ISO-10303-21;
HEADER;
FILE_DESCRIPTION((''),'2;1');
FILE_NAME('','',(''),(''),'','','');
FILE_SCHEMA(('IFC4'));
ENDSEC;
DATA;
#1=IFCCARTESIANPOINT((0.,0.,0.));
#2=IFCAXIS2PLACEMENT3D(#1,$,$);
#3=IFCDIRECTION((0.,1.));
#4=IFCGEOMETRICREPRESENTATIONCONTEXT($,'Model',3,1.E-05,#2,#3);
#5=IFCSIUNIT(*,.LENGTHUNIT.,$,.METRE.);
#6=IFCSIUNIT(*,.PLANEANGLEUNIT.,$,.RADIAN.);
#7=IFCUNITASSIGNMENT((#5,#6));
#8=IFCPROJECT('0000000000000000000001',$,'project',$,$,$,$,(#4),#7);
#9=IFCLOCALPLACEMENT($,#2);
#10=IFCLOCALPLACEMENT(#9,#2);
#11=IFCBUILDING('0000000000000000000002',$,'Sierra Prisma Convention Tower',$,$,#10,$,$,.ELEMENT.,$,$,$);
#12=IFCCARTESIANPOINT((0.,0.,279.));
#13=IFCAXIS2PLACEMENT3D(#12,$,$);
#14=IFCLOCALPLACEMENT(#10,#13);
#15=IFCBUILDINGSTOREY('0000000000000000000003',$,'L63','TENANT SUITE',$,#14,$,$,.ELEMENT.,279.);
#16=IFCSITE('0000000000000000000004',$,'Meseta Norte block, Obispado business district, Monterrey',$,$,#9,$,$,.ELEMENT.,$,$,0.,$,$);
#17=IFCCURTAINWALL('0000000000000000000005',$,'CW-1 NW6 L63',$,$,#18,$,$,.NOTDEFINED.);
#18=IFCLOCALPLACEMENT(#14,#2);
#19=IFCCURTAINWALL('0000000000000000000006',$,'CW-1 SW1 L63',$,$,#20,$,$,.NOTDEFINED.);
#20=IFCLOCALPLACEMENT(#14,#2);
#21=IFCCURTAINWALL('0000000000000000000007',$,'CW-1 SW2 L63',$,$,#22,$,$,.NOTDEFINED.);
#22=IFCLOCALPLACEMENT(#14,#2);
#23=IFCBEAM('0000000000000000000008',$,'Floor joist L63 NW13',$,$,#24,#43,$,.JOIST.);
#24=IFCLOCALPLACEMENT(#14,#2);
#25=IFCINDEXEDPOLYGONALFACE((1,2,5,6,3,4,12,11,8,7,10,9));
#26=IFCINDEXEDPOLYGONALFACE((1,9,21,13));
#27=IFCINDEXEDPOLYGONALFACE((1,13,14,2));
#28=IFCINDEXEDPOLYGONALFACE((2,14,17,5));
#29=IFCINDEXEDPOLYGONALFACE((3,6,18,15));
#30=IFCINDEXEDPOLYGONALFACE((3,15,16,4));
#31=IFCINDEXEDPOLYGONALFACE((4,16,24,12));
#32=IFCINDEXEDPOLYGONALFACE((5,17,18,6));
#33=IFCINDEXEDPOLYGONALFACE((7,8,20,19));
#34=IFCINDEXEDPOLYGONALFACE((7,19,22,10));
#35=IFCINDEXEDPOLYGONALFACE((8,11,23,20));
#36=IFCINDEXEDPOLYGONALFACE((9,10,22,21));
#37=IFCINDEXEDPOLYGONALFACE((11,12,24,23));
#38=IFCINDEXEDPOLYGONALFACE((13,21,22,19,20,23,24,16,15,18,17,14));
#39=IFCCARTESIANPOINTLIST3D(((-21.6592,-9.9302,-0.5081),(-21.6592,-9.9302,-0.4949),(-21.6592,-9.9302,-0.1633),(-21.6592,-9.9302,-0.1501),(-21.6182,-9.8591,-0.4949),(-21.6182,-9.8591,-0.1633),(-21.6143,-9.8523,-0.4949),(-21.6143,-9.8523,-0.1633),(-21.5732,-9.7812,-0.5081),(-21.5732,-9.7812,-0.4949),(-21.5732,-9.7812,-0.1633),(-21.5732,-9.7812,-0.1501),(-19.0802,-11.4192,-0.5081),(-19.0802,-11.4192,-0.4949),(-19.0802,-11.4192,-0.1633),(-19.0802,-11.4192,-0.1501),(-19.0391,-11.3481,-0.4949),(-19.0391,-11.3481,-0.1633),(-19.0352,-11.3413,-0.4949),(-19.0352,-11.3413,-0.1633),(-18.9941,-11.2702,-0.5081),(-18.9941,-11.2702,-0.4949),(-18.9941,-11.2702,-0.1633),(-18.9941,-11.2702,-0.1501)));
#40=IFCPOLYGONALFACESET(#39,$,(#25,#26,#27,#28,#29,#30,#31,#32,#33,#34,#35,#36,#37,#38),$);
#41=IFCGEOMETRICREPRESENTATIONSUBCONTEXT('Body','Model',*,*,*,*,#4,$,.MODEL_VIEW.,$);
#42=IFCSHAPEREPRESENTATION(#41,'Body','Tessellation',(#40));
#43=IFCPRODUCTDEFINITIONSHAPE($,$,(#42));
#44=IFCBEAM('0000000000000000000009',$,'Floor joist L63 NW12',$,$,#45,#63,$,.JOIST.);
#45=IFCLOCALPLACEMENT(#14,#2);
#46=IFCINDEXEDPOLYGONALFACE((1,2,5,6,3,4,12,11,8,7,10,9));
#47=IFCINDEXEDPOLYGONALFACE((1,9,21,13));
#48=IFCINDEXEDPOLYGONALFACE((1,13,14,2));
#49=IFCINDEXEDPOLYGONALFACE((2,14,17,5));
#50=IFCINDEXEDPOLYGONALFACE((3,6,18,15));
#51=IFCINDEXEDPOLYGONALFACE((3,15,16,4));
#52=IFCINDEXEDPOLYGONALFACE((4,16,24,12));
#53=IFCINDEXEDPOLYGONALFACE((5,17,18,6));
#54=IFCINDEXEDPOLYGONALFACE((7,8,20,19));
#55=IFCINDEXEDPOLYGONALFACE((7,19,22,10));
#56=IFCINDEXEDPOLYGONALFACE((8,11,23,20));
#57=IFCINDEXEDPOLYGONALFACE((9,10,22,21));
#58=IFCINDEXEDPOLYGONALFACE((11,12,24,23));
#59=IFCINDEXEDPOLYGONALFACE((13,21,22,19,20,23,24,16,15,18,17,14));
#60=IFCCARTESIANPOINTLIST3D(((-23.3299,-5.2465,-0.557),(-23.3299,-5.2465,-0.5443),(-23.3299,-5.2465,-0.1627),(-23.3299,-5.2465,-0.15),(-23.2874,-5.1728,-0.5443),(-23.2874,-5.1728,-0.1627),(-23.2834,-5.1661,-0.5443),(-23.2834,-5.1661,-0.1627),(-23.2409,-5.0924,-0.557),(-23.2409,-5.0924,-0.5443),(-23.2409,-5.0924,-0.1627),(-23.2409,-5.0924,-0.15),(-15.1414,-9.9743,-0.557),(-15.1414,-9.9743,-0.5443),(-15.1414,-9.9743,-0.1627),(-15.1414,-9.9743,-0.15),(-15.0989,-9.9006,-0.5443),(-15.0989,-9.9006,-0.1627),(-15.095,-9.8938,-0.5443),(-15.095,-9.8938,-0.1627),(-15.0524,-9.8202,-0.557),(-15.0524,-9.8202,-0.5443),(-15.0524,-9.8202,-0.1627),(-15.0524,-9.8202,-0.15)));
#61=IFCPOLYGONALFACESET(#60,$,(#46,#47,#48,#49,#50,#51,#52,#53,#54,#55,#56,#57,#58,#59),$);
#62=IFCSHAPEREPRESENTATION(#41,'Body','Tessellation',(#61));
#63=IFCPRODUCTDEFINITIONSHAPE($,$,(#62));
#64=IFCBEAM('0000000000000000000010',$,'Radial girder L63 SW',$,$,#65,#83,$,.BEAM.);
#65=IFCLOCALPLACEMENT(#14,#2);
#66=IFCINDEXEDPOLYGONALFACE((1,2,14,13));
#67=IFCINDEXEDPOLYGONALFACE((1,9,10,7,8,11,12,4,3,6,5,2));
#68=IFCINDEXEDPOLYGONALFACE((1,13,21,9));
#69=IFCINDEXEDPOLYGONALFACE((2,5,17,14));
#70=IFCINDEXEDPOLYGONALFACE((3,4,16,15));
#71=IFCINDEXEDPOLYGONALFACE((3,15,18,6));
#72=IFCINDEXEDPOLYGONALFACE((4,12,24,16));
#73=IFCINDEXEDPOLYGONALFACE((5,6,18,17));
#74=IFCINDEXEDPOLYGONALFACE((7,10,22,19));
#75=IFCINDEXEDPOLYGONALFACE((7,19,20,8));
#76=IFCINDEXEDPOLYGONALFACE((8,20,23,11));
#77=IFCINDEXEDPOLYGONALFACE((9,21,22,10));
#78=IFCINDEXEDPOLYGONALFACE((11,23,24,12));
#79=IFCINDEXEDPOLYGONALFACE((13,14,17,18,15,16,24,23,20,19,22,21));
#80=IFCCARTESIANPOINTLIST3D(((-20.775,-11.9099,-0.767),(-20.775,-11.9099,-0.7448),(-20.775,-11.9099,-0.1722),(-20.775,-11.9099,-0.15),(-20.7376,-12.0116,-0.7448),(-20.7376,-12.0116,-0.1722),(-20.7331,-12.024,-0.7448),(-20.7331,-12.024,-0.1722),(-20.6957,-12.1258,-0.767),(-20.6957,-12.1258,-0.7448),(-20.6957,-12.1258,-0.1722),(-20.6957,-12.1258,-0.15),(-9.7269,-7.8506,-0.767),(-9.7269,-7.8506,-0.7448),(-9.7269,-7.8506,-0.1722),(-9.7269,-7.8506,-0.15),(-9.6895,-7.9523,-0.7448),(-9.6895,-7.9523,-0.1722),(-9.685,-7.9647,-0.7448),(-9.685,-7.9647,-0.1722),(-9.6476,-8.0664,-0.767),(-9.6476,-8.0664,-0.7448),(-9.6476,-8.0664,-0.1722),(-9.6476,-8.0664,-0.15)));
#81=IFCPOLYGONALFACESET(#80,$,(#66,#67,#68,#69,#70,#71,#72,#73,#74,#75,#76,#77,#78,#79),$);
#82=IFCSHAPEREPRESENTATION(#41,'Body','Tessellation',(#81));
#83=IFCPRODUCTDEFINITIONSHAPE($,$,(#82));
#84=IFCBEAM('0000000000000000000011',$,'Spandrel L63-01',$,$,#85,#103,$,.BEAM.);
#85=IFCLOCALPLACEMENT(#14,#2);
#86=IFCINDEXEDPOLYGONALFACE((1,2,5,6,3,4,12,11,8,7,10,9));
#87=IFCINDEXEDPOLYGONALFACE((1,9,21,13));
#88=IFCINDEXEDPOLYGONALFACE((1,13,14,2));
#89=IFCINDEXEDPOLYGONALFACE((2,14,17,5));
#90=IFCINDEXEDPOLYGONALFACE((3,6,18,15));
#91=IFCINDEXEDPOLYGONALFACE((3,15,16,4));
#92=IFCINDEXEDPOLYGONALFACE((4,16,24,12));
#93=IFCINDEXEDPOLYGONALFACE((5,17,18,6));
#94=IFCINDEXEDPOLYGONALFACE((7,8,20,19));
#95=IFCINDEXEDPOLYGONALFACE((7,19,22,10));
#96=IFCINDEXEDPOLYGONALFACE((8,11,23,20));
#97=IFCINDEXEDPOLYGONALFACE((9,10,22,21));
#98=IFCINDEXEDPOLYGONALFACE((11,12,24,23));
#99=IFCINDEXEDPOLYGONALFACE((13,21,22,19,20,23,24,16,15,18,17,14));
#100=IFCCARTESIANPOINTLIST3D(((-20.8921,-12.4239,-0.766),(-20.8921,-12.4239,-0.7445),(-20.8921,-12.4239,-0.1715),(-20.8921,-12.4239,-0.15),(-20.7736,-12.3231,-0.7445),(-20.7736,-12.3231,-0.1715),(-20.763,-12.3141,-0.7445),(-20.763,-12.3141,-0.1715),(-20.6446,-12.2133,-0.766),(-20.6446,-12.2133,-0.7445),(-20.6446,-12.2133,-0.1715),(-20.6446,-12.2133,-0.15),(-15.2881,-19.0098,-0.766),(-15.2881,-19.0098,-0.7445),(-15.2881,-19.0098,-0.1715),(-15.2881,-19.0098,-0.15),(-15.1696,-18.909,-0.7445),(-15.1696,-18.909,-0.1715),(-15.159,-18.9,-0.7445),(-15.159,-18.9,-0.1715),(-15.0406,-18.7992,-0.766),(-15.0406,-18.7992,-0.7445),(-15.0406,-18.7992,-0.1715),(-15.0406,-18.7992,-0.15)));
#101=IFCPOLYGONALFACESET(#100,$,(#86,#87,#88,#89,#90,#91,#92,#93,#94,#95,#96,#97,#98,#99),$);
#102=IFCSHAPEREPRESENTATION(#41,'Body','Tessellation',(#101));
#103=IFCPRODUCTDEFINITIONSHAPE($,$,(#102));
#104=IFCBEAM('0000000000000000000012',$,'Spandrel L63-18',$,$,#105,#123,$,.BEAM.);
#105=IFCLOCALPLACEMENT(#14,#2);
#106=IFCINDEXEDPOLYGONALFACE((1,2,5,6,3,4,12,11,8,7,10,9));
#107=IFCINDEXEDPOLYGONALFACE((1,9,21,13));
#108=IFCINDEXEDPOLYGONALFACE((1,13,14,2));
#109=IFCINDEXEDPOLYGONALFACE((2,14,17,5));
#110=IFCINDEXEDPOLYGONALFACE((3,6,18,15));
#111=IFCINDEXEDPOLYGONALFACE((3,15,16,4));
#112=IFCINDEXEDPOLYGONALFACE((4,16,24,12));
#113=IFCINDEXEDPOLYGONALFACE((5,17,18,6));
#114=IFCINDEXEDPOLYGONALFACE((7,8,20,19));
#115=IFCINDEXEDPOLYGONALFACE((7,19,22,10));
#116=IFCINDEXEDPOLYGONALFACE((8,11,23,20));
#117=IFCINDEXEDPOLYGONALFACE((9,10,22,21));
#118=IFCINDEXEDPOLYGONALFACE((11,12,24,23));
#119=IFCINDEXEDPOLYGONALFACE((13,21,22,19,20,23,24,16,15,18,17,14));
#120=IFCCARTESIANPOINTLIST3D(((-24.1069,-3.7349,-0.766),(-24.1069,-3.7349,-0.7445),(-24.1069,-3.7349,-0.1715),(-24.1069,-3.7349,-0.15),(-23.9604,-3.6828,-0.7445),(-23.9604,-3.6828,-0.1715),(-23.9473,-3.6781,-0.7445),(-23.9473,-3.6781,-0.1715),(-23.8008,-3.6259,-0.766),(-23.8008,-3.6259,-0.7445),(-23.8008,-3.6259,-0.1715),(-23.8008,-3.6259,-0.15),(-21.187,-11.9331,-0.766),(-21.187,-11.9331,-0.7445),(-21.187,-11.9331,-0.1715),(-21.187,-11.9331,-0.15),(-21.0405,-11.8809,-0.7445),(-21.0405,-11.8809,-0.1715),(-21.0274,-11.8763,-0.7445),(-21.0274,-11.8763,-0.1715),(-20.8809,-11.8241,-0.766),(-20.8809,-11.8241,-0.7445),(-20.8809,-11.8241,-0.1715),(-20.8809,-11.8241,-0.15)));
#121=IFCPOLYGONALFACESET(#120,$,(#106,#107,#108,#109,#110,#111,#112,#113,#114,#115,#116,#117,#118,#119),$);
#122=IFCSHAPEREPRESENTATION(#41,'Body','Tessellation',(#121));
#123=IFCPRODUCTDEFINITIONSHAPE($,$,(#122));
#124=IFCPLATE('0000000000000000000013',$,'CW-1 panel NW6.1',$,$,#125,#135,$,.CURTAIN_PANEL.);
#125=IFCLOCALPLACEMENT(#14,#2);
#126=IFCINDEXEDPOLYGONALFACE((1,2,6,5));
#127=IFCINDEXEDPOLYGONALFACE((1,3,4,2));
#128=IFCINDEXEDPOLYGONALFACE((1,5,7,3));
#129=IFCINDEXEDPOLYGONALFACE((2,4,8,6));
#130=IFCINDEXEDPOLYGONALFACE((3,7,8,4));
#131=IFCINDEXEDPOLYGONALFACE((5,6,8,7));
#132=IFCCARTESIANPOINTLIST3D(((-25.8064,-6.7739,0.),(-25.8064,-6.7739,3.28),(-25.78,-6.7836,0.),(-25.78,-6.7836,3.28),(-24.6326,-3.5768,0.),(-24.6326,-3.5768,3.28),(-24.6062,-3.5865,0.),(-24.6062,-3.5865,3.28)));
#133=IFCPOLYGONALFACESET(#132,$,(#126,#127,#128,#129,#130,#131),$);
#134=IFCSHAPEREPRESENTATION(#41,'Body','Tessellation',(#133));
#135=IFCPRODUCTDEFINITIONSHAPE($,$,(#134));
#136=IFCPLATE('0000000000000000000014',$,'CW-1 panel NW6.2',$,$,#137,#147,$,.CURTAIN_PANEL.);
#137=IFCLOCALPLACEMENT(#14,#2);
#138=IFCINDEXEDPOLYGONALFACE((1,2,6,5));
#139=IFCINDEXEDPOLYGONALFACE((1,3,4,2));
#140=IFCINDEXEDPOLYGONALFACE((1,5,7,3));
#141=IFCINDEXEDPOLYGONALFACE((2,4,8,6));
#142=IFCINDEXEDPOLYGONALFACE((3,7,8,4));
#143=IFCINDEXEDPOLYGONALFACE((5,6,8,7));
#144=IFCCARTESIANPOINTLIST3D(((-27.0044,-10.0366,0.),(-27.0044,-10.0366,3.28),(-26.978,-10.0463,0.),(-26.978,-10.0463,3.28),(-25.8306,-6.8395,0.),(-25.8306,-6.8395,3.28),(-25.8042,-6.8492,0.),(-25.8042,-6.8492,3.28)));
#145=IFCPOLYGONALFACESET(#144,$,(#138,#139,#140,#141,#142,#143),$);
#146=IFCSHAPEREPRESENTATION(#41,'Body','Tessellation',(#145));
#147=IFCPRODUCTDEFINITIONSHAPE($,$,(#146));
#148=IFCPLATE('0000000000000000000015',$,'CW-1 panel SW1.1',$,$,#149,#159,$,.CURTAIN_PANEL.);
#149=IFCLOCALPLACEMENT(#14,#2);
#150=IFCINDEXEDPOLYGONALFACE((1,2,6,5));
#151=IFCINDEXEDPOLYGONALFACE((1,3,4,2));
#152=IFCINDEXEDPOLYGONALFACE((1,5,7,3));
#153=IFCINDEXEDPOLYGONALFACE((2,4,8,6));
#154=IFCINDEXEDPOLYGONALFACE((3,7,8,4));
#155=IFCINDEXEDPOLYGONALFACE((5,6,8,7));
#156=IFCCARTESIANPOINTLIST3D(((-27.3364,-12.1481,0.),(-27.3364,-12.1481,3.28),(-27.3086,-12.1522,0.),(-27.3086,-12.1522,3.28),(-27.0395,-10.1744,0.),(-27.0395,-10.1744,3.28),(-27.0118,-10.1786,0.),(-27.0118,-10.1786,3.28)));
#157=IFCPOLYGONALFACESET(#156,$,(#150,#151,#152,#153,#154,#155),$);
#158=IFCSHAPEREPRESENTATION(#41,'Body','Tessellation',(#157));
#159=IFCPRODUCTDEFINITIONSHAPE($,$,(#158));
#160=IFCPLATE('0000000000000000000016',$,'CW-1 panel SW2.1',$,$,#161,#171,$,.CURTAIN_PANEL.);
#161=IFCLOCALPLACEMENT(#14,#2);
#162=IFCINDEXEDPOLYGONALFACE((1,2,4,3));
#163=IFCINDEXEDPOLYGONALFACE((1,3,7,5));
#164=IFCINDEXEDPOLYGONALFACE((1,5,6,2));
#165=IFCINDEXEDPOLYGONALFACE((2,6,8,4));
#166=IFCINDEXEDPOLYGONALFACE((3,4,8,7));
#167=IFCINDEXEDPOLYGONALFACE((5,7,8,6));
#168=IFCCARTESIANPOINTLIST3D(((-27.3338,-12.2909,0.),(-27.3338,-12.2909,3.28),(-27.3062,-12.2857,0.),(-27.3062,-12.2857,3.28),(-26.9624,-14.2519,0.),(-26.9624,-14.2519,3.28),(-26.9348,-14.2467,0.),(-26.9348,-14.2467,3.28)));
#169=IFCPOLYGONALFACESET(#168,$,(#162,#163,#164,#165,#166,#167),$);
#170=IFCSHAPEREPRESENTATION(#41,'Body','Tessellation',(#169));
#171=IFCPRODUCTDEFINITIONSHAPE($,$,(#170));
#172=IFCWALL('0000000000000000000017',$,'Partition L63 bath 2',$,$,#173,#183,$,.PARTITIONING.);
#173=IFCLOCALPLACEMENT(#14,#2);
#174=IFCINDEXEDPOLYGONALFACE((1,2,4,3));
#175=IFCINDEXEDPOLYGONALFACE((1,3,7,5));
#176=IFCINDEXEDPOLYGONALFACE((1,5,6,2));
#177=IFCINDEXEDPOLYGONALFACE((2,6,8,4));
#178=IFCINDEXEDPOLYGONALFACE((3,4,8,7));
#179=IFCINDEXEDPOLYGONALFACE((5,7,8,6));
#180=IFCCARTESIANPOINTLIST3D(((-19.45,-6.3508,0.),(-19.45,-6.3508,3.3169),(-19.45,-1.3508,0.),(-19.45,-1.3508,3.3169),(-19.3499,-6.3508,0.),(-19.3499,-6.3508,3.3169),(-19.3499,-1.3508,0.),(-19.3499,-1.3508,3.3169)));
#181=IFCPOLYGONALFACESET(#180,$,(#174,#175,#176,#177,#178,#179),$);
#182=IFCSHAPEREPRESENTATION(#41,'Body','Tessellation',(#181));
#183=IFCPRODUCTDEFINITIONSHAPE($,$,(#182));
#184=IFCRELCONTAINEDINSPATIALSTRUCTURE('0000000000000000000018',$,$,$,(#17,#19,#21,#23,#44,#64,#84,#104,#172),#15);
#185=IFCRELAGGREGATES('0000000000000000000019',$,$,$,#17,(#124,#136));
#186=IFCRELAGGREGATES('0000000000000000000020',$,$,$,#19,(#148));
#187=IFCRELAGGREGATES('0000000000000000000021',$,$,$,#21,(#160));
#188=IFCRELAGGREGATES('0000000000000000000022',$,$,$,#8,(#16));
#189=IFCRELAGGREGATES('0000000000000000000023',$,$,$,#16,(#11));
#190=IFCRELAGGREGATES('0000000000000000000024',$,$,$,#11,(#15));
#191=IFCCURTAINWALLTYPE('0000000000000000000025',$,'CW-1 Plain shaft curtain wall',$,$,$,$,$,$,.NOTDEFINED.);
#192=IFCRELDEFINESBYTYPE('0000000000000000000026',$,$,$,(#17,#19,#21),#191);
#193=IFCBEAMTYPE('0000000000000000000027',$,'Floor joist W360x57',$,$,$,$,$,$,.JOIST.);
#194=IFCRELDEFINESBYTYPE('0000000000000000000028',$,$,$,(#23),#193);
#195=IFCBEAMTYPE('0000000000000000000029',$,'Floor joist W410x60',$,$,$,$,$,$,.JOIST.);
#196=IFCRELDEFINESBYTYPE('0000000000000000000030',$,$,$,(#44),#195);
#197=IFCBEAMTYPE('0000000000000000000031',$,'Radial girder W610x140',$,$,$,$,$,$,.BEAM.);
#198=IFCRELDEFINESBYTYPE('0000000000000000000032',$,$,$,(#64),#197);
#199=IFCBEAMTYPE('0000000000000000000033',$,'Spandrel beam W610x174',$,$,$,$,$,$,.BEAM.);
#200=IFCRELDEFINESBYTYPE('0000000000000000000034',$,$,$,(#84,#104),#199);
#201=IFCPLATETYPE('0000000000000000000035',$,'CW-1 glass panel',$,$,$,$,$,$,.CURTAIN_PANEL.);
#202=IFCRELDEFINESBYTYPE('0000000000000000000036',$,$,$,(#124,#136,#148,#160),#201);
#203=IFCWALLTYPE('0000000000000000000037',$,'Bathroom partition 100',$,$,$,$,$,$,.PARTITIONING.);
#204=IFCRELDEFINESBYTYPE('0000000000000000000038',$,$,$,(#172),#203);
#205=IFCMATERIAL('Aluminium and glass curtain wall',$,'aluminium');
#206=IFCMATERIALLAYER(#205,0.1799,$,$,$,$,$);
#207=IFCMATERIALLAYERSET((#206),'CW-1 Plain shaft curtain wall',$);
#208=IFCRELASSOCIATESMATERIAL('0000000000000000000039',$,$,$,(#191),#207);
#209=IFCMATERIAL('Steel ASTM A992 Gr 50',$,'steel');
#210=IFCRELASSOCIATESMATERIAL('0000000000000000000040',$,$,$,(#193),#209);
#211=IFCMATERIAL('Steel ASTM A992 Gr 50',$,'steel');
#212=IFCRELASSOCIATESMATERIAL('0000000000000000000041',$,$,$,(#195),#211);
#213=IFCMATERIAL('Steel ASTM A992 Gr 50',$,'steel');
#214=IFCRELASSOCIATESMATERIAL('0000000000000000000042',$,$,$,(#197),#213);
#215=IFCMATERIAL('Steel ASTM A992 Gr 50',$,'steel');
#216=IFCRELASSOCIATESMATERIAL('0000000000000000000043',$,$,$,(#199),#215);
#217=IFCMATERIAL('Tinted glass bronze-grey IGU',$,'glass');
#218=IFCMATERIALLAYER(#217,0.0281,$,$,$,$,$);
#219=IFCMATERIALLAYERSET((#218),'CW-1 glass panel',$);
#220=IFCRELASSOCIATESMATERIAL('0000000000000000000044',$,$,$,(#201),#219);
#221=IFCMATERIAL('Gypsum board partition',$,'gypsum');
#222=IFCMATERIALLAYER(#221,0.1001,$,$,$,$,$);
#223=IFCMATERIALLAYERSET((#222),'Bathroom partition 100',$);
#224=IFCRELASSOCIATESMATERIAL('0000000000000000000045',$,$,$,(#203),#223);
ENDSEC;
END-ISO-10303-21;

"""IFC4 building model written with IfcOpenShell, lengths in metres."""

from ifc_helpers import new_model, si_unit, direction, frame, frame_2d, origin, origin_2d, place, context, subcontext, project, spatial, rectangle, i_section, extrude, material, layer, layer_set, material_profile, profile_set, type_object, element, aggregate, save


model = new_model("IFC4")

# Units and contexts
model_context = context("Model", 3, precision=1e-05, world=origin(), true_north=direction((0.0, 1.0)))
body_context = subcontext(model_context, "Body", "Model", "MODEL_VIEW")
ifc_project = project(units=[si_unit("LENGTHUNIT", "METRE"), si_unit("PLANEANGLEUNIT", "RADIAN")], contexts=[model_context])

# Site, building, storey
site_placement = place(None, origin())
site = spatial("IfcSite", under=ifc_project, at=site_placement, Name="Meseta Norte block, Obispado business district, Monterrey", CompositionType="ELEMENT", RefElevation=0.0)
building_placement = place(site_placement, origin())
building = spatial("IfcBuilding", under=site, at=building_placement, Name="Sierra Prisma Convention Tower", CompositionType="ELEMENT")
storey_placement = place(building_placement, frame((0.0, 0.0, 279.0)))
storey = spatial("IfcBuildingStorey", under=building, at=storey_placement, Name="L63", Description="TENANT SUITE", CompositionType="ELEMENT", Elevation=279.0)

# Curtain walls
ifc_material_1 = material(Name="Aluminium and glass curtain wall", Category="aluminium")
ifc_layer_1 = layer(ifc_material_1, 0.1799)
ifc_layer_set_1 = layer_set([ifc_layer_1], Name="CW-1 Plain shaft curtain wall")
curtain_wall_type = type_object("IfcCurtainWallType", Name="CW-1 Plain shaft curtain wall", PredefinedType="NOTDEFINED", material=ifc_layer_set_1)
curtain_wall_1_placement = place(storey_placement, origin())
curtain_wall_1 = element("IfcCurtainWall", 1, at=curtain_wall_1_placement, inside=storey, type_object=curtain_wall_type, Name="CW-1 NW6 L63", PredefinedType="NOTDEFINED")
curtain_wall_2_placement = place(storey_placement, origin())
curtain_wall_2 = element("IfcCurtainWall", 2, at=curtain_wall_2_placement, inside=storey, type_object=curtain_wall_type, Name="CW-1 SW1 L63", PredefinedType="NOTDEFINED")
curtain_wall_3_placement = place(storey_placement, origin())
curtain_wall_3 = element("IfcCurtainWall", 3, at=curtain_wall_3_placement, inside=storey, type_object=curtain_wall_type, Name="CW-1 SW2 L63", PredefinedType="NOTDEFINED")

# Beams
ifc_material_2 = material(Name="Steel ASTM A992 Gr 50", Category="steel")
ifc_material_profile_1 = material_profile(ifc_material_2, i_section(OverallWidth=0.1721, OverallDepth=0.3579, WebThickness=0.0078, FlangeThickness=0.0132, at=origin_2d()), Name="W360x57")
ifc_profile_set_1 = profile_set([ifc_material_profile_1], Name="Steel ASTM A992 Gr 50")
beam_type_1 = type_object("IfcBeamType", Name="Floor joist W360x57", PredefinedType="JOIST", material=ifc_profile_set_1)
beam_1_placement = place(storey_placement, frame((-21.6162, -9.8557, -0.3291), z_axis=(0.86603, -0.499992, 0.0), x_axis=(0.499992, 0.86603, 0.0)))
element("IfcBeam", 4, at=beam_1_placement, inside=storey, type_object=beam_type_1, Name="Floor joist L63 NW13", PredefinedType="JOIST", context=body_context, shape_type="SweptSolid", body=[
    extrude(i_section(OverallWidth=0.1721, OverallDepth=0.3579, WebThickness=0.0078, FlangeThickness=0.0132, at=origin_2d()), origin(), (0.0, 0.0, 1.0), 2.978),
])
ifc_material_3 = material(Name="Steel ASTM A992 Gr 50", Category="steel")
ifc_material_profile_2 = material_profile(ifc_material_3, i_section(OverallWidth=0.178, OverallDepth=0.407, WebThickness=0.0078, FlangeThickness=0.0127, at=origin_2d()), Name="W410x60")
ifc_profile_set_2 = profile_set([ifc_material_profile_2], Name="Steel ASTM A992 Gr 50")
beam_type_2 = type_object("IfcBeamType", Name="Floor joist W410x60", PredefinedType="JOIST", material=ifc_profile_set_2)
beam_2_placement = place(storey_placement, frame((-23.2854, -5.1694, -0.3535), z_axis=(0.866018, -0.500013, 0.0), x_axis=(0.500013, 0.866018, 0.0)))
element("IfcBeam", 5, at=beam_2_placement, inside=storey, type_object=beam_type_2, Name="Floor joist L63 NW12", PredefinedType="JOIST", context=body_context, shape_type="SweptSolid", body=[
    extrude(i_section(OverallWidth=0.178, OverallDepth=0.407, WebThickness=0.0078, FlangeThickness=0.0127, at=origin_2d()), origin(), (0.0, 0.0, 1.0), 9.4553),
])
ifc_material_4 = material(Name="Steel ASTM A992 Gr 50", Category="steel")
ifc_material_profile_3 = material_profile(ifc_material_4, i_section(OverallWidth=0.23, OverallDepth=0.6169, WebThickness=0.0132, FlangeThickness=0.0222, at=origin_2d()), Name="W610x140")
ifc_profile_set_3 = profile_set([ifc_material_profile_3], Name="Steel ASTM A992 Gr 50")
beam_type_3 = type_object("IfcBeamType", Name="Radial girder W610x140", PredefinedType="BEAM", material=ifc_profile_set_3)
beam_3_placement = place(storey_placement, frame((-20.7354, -12.0178, -0.4585), z_axis=(0.938647, 0.34488, 0.0), x_axis=(-0.34488, 0.938647, 0.0)))
element("IfcBeam", 6, at=beam_3_placement, inside=storey, type_object=beam_type_3, Name="Radial girder L63 SW", PredefinedType="BEAM", context=body_context, shape_type="SweptSolid", body=[
    extrude(i_section(OverallWidth=0.23, OverallDepth=0.6169, WebThickness=0.0132, FlangeThickness=0.0222, at=origin_2d()), origin(), (0.0, 0.0, 1.0), 11.7703),
])
ifc_material_5 = material(Name="Steel ASTM A992 Gr 50", Category="steel")
ifc_material_profile_4 = material_profile(ifc_material_5, i_section(OverallWidth=0.325, OverallDepth=0.616, WebThickness=0.0139, FlangeThickness=0.0215, at=origin_2d()), Name="W610x174")
ifc_profile_set_4 = profile_set([ifc_material_profile_4], Name="Steel ASTM A992 Gr 50")
beam_type_4 = type_object("IfcBeamType", Name="Spandrel beam W610x174", PredefinedType="BEAM", material=ifc_profile_set_4)
beam_4_placement = place(storey_placement, frame((-20.7683, -12.3186, -0.458), z_axis=(0.648048, -0.761599, 0.0), x_axis=(0.761599, 0.648048, 0.0)))
element("IfcBeam", 7, at=beam_4_placement, inside=storey, type_object=beam_type_4, Name="Spandrel L63-01", PredefinedType="BEAM", context=body_context, shape_type="SweptSolid", body=[
    extrude(i_section(OverallWidth=0.325, OverallDepth=0.616, WebThickness=0.0139, FlangeThickness=0.0215, at=origin_2d()), origin(), (0.0, 0.0, 1.0), 8.6475),
])
beam_5_placement = place(storey_placement, frame((-23.9539, -3.6804, -0.458), z_axis=(0.335519, -0.942034, 0.0), x_axis=(0.942034, 0.335519, 0.0)))
element("IfcBeam", 8, at=beam_5_placement, inside=storey, type_object=beam_type_4, Name="Spandrel L63-18", PredefinedType="BEAM", context=body_context, shape_type="SweptSolid", body=[
    extrude(i_section(OverallWidth=0.325, OverallDepth=0.616, WebThickness=0.0139, FlangeThickness=0.0215, at=origin_2d()), origin(), (0.0, 0.0, 1.0), 8.7026),
])

# Plates
ifc_material_6 = material(Name="Tinted glass bronze-grey IGU", Category="glass")
ifc_layer_2 = layer(ifc_material_6, 0.0281)
ifc_layer_set_2 = layer_set([ifc_layer_2], Name="CW-1 glass panel")
plate_type = type_object("IfcPlateType", Name="CW-1 glass panel", PredefinedType="CURTAIN_PANEL", material=ifc_layer_set_2)
plate_1_placement = place(storey_placement, frame((-25.2063, -5.1802, 0.0), z_axis=(0.0, 0.0, 1.0), x_axis=(-0.344639, -0.938735, 0.0)))
plate_1 = element("IfcPlate", 9, at=plate_1_placement, type_object=plate_type, Name="CW-1 panel NW6.1", PredefinedType="CURTAIN_PANEL", context=body_context, shape_type="SweptSolid", body=[
    extrude(rectangle(XDim=3.4058, YDim=0.0281, at=origin_2d()), origin(), (0.0, 0.0, 1.0), 3.28),
])
plate_2_placement = place(storey_placement, frame((-26.4043, -8.4429, 0.0), z_axis=(0.0, 0.0, 1.0), x_axis=(-0.344639, -0.938735, 0.0)))
plate_2 = element("IfcPlate", 10, at=plate_2_placement, type_object=plate_type, Name="CW-1 panel NW6.2", PredefinedType="CURTAIN_PANEL", context=body_context, shape_type="SweptSolid", body=[
    extrude(rectangle(XDim=3.4058, YDim=0.0281, at=origin_2d()), origin(), (0.0, 0.0, 1.0), 3.28),
])
aggregate(curtain_wall_1, [plate_1, plate_2])
plate_3_placement = place(storey_placement, frame((-27.1741, -11.1633, 0.0), z_axis=(0.0, 0.0, 1.0), x_axis=(-0.148731, -0.988878, 0.0)))
plate_3 = element("IfcPlate", 11, at=plate_3_placement, type_object=plate_type, Name="CW-1 panel SW1.1", PredefinedType="CURTAIN_PANEL", context=body_context, shape_type="SweptSolid", body=[
    extrude(rectangle(XDim=1.9958, YDim=0.0281, at=origin_2d()), origin(), (0.0, 0.0, 1.0), 3.28),
])
aggregate(curtain_wall_2, [plate_3])
plate_4_placement = place(storey_placement, frame((-27.1343, -13.2688, 0.0), z_axis=(0.0, 0.0, 1.0), x_axis=(0.186066, -0.982537, 0.0)))
plate_4 = element("IfcPlate", 12, at=plate_4_placement, type_object=plate_type, Name="CW-1 panel SW2.1", PredefinedType="CURTAIN_PANEL", context=body_context, shape_type="SweptSolid", body=[
    extrude(rectangle(XDim=1.9958, YDim=0.0281, at=origin_2d()), origin(), (0.0, 0.0, 1.0), 3.28),
])
aggregate(curtain_wall_3, [plate_4])

# Wall
ifc_material_7 = material(Name="Gypsum board partition", Category="gypsum")
ifc_layer_3 = layer(ifc_material_7, 0.1001)
ifc_layer_set_3 = layer_set([ifc_layer_3], Name="Bathroom partition 100")
wall_type_1 = type_object("IfcWallType", Name="Bathroom partition 100", PredefinedType="PARTITIONING", material=ifc_layer_set_3)
wall_1_placement = place(storey_placement, frame((-19.3999, -6.3508, 0.0), z_axis=(0.0, 0.0, 1.0), x_axis=(0.0, 1.0, 0.0)))
element("IfcWall", 13, at=wall_1_placement, inside=storey, type_object=wall_type_1, Name="Partition L63 bath 2", PredefinedType="PARTITIONING", context=body_context, shape_type="SweptSolid", body=[
    extrude(rectangle(XDim=5.0, YDim=0.1001, at=frame_2d((2.5, 0.0))), origin(), (0.0, 0.0, 1.0), 3.3169),
])

save(model, "model.ifc")
